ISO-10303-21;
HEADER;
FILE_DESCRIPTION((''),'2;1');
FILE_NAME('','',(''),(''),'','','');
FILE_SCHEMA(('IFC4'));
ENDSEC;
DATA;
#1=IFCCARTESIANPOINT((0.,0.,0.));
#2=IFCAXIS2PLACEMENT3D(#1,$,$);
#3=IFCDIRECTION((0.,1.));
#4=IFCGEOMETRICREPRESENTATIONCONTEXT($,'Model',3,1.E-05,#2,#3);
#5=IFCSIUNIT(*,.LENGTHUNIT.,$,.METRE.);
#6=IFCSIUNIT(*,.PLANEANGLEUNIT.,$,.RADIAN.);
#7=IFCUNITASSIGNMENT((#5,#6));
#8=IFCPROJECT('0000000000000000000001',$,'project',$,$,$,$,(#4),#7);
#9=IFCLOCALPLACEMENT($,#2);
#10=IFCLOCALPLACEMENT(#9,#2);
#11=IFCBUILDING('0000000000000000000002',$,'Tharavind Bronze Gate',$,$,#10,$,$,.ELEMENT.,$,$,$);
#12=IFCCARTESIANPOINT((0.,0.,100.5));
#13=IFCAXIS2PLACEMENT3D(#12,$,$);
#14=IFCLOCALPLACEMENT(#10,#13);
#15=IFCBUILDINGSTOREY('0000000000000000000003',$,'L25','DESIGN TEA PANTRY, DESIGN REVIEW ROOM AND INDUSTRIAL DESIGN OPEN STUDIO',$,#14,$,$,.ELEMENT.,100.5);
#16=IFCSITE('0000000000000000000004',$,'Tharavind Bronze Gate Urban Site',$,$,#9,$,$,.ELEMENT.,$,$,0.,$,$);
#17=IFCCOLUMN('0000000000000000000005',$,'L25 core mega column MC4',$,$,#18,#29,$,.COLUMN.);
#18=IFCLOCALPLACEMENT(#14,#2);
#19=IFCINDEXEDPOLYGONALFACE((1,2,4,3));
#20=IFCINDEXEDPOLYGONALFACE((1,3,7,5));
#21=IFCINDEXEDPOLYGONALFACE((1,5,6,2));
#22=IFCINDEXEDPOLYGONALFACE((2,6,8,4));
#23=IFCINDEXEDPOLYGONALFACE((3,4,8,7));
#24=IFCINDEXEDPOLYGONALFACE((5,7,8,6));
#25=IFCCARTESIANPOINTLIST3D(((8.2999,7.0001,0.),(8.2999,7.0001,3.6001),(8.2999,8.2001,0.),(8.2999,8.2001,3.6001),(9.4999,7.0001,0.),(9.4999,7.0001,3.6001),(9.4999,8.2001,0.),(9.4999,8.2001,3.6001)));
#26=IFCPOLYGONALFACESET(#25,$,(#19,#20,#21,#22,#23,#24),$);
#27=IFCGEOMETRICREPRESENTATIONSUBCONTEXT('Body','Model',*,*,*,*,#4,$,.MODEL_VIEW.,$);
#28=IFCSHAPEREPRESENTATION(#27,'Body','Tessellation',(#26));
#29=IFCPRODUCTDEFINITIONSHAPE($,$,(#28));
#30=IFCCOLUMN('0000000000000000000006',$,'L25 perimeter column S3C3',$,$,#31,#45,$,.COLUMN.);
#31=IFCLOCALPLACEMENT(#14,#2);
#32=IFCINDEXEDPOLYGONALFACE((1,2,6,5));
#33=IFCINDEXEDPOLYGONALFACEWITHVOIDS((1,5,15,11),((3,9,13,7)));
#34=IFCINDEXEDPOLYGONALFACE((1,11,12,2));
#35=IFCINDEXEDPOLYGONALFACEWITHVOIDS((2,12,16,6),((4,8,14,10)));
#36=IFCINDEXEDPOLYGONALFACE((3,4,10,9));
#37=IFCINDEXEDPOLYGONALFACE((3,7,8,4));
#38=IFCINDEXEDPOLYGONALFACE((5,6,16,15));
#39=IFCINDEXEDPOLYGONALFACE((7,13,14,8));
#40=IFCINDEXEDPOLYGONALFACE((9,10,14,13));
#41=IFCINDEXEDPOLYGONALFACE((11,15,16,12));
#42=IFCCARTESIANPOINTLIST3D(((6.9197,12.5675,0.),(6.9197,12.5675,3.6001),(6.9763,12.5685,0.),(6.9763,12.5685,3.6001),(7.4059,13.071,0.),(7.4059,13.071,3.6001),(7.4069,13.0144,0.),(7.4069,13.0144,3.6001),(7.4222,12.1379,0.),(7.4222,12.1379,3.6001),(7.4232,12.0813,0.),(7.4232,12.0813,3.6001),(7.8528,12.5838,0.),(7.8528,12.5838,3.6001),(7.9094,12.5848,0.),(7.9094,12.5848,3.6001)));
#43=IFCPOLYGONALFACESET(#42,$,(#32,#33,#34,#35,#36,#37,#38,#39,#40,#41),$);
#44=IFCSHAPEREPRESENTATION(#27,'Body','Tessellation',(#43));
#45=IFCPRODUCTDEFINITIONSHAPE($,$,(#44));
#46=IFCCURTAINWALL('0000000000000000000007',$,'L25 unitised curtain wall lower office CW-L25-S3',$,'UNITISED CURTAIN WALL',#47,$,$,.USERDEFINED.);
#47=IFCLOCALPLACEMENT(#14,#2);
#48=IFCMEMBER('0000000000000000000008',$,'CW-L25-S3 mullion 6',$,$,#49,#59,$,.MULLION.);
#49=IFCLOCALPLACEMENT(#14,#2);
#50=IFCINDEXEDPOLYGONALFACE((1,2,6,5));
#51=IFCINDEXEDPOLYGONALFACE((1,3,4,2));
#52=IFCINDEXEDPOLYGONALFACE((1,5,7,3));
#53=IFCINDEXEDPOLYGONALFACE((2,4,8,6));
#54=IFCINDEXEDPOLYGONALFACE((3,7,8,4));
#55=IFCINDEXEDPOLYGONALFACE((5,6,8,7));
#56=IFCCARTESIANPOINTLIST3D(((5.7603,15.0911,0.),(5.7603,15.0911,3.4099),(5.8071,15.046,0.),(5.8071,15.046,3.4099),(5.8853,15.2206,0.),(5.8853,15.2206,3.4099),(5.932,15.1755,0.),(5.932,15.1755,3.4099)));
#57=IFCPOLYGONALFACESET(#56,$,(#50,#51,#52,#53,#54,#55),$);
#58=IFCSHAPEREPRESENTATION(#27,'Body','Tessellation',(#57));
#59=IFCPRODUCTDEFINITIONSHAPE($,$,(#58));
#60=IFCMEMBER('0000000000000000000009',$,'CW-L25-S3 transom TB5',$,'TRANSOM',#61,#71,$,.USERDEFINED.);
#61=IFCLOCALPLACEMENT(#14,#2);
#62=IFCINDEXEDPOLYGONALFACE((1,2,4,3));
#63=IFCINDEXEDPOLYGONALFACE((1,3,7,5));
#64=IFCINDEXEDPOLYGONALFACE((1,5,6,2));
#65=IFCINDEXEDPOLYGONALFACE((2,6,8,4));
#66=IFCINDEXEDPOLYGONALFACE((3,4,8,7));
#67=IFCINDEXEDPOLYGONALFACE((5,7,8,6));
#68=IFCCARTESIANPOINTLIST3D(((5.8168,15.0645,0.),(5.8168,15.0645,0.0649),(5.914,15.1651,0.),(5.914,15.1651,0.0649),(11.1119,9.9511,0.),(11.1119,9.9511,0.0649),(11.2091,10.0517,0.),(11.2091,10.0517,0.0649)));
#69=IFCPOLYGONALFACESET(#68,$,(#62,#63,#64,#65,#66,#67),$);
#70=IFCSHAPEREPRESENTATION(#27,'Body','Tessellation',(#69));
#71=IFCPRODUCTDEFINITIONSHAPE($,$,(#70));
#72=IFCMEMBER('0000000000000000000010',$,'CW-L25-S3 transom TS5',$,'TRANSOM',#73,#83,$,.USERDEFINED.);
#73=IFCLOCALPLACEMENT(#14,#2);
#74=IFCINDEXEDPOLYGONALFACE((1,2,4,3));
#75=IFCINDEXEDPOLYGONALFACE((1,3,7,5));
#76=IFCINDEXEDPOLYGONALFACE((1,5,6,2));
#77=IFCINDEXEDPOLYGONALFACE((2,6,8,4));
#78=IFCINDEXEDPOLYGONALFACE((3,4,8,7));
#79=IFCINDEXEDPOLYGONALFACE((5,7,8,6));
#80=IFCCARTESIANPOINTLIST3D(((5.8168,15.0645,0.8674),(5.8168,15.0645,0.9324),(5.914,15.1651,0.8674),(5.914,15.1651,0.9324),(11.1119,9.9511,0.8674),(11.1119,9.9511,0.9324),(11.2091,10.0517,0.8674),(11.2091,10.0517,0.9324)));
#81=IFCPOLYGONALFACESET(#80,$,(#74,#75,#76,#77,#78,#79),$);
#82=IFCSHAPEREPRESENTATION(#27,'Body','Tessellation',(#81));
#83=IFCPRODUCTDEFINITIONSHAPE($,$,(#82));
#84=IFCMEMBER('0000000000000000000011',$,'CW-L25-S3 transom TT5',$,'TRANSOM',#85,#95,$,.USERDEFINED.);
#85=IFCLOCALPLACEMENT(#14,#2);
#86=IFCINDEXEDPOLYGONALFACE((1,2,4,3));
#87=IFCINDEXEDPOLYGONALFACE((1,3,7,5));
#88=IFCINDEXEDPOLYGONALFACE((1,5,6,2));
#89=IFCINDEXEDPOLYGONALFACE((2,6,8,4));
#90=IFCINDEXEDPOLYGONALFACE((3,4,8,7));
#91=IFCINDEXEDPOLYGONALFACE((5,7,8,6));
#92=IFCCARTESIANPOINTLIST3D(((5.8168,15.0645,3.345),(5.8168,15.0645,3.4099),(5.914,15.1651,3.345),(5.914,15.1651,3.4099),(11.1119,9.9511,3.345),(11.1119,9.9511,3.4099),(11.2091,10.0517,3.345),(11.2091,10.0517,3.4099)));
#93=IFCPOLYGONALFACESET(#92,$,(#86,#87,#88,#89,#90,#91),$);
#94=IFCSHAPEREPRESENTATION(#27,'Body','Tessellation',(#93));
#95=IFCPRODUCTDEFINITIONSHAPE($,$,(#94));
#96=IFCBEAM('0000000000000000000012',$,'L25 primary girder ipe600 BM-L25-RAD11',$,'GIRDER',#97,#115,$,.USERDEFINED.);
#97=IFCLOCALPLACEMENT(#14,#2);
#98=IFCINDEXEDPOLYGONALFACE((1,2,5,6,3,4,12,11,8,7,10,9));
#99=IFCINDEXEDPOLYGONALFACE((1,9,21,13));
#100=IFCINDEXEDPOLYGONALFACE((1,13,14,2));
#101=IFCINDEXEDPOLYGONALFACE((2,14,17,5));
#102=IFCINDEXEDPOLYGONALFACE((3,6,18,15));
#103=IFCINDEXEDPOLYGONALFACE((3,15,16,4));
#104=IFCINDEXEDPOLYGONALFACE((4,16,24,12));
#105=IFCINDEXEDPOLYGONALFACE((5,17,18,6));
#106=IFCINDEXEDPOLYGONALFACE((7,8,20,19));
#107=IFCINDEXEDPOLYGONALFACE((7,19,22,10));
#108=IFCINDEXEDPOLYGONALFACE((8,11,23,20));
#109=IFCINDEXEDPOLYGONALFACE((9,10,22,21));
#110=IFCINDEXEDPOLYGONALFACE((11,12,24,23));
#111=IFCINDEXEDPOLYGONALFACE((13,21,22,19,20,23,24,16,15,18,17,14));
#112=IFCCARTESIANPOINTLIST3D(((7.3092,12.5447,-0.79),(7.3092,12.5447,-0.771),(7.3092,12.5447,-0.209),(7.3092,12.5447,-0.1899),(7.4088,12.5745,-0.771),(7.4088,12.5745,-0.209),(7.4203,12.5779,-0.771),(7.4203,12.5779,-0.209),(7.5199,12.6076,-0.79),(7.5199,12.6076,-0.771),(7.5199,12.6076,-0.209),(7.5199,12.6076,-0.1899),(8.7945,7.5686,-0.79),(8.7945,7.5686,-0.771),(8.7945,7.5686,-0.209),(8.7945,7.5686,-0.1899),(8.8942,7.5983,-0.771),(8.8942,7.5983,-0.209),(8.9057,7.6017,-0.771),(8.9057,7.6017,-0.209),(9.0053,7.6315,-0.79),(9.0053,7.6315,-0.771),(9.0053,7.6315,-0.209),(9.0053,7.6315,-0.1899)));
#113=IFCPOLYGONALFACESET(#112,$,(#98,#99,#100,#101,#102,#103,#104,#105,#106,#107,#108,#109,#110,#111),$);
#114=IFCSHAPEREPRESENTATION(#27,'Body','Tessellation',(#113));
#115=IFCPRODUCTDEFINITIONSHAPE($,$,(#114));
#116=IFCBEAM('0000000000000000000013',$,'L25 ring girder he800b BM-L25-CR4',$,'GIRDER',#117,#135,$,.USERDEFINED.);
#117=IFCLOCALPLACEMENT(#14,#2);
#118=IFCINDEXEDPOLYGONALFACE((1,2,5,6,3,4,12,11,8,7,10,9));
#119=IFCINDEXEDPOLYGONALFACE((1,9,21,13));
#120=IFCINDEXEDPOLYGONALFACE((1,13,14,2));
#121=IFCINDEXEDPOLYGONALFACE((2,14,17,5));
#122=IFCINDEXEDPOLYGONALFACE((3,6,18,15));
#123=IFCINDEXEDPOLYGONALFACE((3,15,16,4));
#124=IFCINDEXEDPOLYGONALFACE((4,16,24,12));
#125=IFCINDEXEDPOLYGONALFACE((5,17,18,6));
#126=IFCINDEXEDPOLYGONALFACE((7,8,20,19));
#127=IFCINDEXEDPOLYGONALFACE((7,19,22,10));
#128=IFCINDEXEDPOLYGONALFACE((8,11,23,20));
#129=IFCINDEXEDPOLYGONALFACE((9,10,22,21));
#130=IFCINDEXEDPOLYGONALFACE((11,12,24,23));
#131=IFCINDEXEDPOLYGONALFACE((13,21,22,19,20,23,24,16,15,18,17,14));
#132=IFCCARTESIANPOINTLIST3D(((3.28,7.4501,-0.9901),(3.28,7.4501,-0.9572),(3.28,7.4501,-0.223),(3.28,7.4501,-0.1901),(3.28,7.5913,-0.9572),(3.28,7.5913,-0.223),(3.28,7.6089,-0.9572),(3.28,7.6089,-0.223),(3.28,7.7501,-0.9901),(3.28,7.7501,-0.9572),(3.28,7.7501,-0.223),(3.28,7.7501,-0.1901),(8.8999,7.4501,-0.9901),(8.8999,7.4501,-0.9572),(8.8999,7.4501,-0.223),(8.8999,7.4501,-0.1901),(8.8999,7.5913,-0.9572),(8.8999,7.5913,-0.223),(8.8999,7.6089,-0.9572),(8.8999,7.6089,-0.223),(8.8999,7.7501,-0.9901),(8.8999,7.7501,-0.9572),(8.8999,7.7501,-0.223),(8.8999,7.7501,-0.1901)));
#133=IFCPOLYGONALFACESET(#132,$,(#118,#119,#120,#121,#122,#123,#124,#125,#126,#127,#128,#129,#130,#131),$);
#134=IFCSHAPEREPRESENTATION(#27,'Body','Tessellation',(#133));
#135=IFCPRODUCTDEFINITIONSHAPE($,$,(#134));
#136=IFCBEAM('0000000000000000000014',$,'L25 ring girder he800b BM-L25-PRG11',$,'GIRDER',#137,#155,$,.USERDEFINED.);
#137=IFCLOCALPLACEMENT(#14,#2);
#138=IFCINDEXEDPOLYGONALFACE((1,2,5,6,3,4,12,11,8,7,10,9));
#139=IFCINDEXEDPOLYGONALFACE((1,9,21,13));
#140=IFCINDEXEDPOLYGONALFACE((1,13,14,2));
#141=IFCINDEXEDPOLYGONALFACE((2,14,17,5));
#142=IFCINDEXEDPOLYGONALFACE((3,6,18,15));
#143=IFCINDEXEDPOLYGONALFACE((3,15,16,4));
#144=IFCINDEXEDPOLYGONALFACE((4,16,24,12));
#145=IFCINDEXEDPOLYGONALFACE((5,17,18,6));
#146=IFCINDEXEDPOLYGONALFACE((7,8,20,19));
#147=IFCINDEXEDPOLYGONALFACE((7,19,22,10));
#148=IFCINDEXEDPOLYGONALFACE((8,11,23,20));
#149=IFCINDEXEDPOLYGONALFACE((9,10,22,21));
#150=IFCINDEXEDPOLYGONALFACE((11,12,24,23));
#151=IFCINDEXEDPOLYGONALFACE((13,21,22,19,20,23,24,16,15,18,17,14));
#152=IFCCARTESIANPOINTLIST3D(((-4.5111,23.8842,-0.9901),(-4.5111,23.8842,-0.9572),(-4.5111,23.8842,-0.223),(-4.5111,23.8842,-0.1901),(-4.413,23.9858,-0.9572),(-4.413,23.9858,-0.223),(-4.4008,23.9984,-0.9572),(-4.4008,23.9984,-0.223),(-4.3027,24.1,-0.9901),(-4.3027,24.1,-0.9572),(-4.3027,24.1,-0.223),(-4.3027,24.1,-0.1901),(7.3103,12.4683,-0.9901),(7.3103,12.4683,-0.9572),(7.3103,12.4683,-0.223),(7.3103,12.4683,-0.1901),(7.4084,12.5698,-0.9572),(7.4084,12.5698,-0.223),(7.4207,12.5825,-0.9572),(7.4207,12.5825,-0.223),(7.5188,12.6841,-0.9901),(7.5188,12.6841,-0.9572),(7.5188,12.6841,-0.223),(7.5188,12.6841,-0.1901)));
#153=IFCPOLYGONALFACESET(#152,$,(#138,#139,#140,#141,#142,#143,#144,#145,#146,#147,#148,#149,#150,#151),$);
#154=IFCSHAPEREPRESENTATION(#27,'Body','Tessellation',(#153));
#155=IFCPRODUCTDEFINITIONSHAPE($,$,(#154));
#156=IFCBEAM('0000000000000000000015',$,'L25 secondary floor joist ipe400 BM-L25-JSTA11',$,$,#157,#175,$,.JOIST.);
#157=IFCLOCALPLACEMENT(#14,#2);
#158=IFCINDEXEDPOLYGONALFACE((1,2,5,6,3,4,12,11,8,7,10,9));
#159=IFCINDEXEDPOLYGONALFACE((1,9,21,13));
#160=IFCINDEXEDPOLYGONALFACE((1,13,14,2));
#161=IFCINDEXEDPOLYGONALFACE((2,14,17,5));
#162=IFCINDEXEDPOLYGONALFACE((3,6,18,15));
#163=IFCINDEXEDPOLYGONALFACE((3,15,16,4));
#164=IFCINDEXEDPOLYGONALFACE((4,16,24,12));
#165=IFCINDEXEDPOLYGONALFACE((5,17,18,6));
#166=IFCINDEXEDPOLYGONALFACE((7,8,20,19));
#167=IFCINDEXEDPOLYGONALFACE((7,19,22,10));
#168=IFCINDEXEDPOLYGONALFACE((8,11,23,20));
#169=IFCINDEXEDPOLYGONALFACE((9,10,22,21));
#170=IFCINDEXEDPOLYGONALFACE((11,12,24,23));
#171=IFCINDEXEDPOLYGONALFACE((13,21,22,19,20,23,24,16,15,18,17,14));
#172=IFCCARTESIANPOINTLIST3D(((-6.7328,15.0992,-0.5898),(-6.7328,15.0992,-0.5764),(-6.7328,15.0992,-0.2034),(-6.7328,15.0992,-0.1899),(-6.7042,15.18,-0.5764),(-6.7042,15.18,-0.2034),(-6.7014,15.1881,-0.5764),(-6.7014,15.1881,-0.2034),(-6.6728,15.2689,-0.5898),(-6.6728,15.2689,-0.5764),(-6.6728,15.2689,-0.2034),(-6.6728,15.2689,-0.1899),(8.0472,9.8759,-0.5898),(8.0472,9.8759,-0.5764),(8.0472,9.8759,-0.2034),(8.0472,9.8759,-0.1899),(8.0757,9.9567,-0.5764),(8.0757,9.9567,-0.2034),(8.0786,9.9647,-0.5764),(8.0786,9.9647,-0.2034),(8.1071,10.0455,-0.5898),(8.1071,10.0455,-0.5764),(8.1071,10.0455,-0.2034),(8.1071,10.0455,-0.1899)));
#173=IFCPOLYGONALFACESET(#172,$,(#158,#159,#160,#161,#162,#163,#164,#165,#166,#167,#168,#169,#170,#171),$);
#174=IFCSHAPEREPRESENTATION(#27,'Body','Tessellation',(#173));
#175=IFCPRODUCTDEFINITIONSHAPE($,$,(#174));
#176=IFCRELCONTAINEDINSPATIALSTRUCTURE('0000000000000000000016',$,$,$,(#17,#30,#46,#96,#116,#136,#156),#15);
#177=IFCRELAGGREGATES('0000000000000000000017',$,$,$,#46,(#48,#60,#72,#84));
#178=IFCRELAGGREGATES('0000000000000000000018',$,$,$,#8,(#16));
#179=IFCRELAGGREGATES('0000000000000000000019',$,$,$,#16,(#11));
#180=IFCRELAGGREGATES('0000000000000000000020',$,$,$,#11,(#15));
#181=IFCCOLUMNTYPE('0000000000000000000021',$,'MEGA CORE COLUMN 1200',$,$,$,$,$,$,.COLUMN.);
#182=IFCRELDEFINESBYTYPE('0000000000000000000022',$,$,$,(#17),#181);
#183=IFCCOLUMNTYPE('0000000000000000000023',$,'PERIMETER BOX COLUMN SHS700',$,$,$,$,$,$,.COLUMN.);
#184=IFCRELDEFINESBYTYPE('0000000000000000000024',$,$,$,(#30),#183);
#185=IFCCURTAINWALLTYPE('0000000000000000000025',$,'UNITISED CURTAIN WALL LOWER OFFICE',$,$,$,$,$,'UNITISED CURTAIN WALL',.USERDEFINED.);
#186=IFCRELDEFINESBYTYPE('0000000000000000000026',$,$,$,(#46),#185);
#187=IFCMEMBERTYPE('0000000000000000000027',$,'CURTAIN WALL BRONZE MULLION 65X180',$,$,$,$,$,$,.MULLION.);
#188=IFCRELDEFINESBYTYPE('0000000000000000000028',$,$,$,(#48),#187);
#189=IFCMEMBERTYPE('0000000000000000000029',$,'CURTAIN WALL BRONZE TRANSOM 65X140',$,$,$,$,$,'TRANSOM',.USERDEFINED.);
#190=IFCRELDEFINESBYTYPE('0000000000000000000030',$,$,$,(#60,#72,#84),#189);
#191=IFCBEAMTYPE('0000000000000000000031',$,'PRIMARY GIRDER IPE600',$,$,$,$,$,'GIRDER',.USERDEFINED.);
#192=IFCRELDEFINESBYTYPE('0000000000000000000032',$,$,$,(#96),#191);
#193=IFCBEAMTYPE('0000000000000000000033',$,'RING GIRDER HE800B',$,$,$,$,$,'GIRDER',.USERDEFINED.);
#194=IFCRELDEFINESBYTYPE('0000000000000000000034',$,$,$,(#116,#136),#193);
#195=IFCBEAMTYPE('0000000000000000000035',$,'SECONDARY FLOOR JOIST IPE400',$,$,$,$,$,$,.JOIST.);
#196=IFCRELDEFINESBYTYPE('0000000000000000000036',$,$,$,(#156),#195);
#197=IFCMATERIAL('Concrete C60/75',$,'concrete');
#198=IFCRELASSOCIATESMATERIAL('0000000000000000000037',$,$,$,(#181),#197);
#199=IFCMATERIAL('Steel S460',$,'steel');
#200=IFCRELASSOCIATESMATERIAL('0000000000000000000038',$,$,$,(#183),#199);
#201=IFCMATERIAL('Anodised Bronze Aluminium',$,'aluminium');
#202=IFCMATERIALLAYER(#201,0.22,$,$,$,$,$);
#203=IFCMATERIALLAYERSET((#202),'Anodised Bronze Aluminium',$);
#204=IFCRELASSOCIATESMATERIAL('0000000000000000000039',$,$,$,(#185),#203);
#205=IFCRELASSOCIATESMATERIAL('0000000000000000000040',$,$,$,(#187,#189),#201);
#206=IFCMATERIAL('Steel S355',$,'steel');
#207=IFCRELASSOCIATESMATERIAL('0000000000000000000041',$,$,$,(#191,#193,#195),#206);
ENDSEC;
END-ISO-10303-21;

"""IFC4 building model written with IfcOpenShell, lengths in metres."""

from ifc_helpers import new_model, si_unit, direction, frame, origin, origin_2d, place, context, subcontext, project, spatial, rectangle, hollow_rectangle, i_section, extrude, material, layer, layer_set, material_profile, profile_set, type_object, element, aggregate, save


model = new_model("IFC4")

# Units and contexts
model_context = context("Model", 3, precision=1e-05, world=origin(), true_north=direction((0.0, 1.0)))
body_context = subcontext(model_context, "Body", "Model", "MODEL_VIEW")
ifc_project = project(units=[si_unit("LENGTHUNIT", "METRE"), si_unit("PLANEANGLEUNIT", "RADIAN")], contexts=[model_context])

# Site, building, storey
site_placement = place(None, origin())
site = spatial("IfcSite", under=ifc_project, at=site_placement, Name="Tharavind Bronze Gate Urban Site", CompositionType="ELEMENT", RefElevation=0.0)
building_placement = place(site_placement, origin())
building = spatial("IfcBuilding", under=site, at=building_placement, Name="Tharavind Bronze Gate", CompositionType="ELEMENT")
storey_placement = place(building_placement, frame((0.0, 0.0, 100.5)))
storey = spatial("IfcBuildingStorey", under=building, at=storey_placement, Name="L25", Description="DESIGN TEA PANTRY, DESIGN REVIEW ROOM AND INDUSTRIAL DESIGN OPEN STUDIO", CompositionType="ELEMENT", Elevation=100.5)

# Columns
ifc_material_1 = material(Name="Concrete C60/75", Category="concrete")
ifc_material_profile_1 = material_profile(ifc_material_1, rectangle(XDim=1.2, YDim=1.2, at=origin_2d()), Name="RCCOL1200")
ifc_profile_set_1 = profile_set([ifc_material_profile_1], Name="Concrete C60/75")
column_type_1 = type_object("IfcColumnType", Name="MEGA CORE COLUMN 1200", PredefinedType="COLUMN", material=ifc_profile_set_1)
column_1_placement = place(storey_placement, frame((8.8999, 7.6001, 0.0), z_axis=(0.0, 0.0, 1.0), x_axis=(1.0, 0.0, 0.0)))
element("IfcColumn", 1, at=column_1_placement, inside=storey, type_object=column_type_1, Name="L25 core mega column MC4", PredefinedType="COLUMN", context=body_context, shape_type="SweptSolid", body=[
    extrude(rectangle(XDim=1.2, YDim=1.2, at=origin_2d()), origin(), (0.0, 0.0, 1.0), 3.6001),
])
ifc_material_2 = material(Name="Steel S460", Category="steel")
ifc_material_profile_2 = material_profile(ifc_material_2, hollow_rectangle(XDim=0.7, YDim=0.7, WallThickness=0.04, at=origin_2d()), Name="SHS700X40")
ifc_profile_set_2 = profile_set([ifc_material_profile_2], Name="Steel S460")
column_type_2 = type_object("IfcColumnType", Name="PERIMETER BOX COLUMN SHS700", PredefinedType="COLUMN", material=ifc_profile_set_2)
column_2_placement = place(storey_placement, frame((7.4146, 12.5762, 0.0), z_axis=(0.0, 0.0, 1.0), x_axis=(-0.71934, 0.694658, 0.0)))
element("IfcColumn", 2, at=column_2_placement, inside=storey, type_object=column_type_2, Name="L25 perimeter column S3C3", PredefinedType="COLUMN", context=body_context, shape_type="SweptSolid", body=[
    extrude(hollow_rectangle(XDim=0.7, YDim=0.7, WallThickness=0.04, at=origin_2d()), origin(), (0.0, 0.0, 1.0), 3.6001),
])

# Curtain wall, members
ifc_material_3 = material(Name="Anodised Bronze Aluminium", Category="aluminium")
ifc_layer_1 = layer(ifc_material_3, 0.22)
ifc_layer_set_1 = layer_set([ifc_layer_1], Name="Anodised Bronze Aluminium")
curtain_wall_type = type_object("IfcCurtainWallType", Name="UNITISED CURTAIN WALL LOWER OFFICE", ElementType="UNITISED CURTAIN WALL", PredefinedType="USERDEFINED", material=ifc_layer_set_1)
curtain_wall_placement = place(storey_placement, origin())
curtain_wall = element("IfcCurtainWall", 3, at=curtain_wall_placement, inside=storey, type_object=curtain_wall_type, Name="L25 unitised curtain wall lower office CW-L25-S3", ObjectType="UNITISED CURTAIN WALL", PredefinedType="USERDEFINED")
member_type_1 = type_object("IfcMemberType", Name="CURTAIN WALL BRONZE MULLION 65X180", PredefinedType="MULLION", material=ifc_material_3)
member_1_placement = place(storey_placement, frame((5.8462, 15.1333, 0.0), z_axis=(0.0, 0.0, 1.0), x_axis=(-0.719341, 0.694657, 0.0)))
member_1 = element("IfcMember", 4, at=member_1_placement, type_object=member_type_1, Name="CW-L25-S3 mullion 6", PredefinedType="MULLION", context=body_context, shape_type="SweptSolid", body=[
    extrude(rectangle(XDim=0.0649, YDim=0.1799, at=origin_2d()), origin(), (0.0, 0.0, 1.0), 3.4099),
])
member_type_2 = type_object("IfcMemberType", Name="CURTAIN WALL BRONZE TRANSOM 65X140", ElementType="TRANSOM", PredefinedType="USERDEFINED", material=ifc_material_3)
member_2_placement = place(storey_placement, frame((8.5129, 12.5581, 0.0), z_axis=(0.0, 0.0, 1.0), x_axis=(-0.719341, 0.694657, 0.0)))
member_2 = element("IfcMember", 5, at=member_2_placement, type_object=member_type_2, Name="CW-L25-S3 transom TB5", ObjectType="TRANSOM", PredefinedType="USERDEFINED", context=body_context, shape_type="SweptSolid", body=[
    extrude(rectangle(XDim=7.3611, YDim=0.1399, at=origin_2d()), origin(), (0.0, 0.0, 1.0), 0.0649),
])
member_3_placement = place(storey_placement, frame((8.5129, 12.5581, 0.8674), z_axis=(0.0, 0.0, 1.0), x_axis=(-0.719341, 0.694657, 0.0)))
member_3 = element("IfcMember", 6, at=member_3_placement, type_object=member_type_2, Name="CW-L25-S3 transom TS5", ObjectType="TRANSOM", PredefinedType="USERDEFINED", context=body_context, shape_type="SweptSolid", body=[
    extrude(rectangle(XDim=7.3611, YDim=0.1399, at=origin_2d()), origin(), (0.0, 0.0, 1.0), 0.0649),
])
member_4_placement = place(storey_placement, frame((8.5129, 12.5581, 3.345), z_axis=(0.0, 0.0, 1.0), x_axis=(-0.719341, 0.694657, 0.0)))
member_4 = element("IfcMember", 7, at=member_4_placement, type_object=member_type_2, Name="CW-L25-S3 transom TT5", ObjectType="TRANSOM", PredefinedType="USERDEFINED", context=body_context, shape_type="SweptSolid", body=[
    extrude(rectangle(XDim=7.3611, YDim=0.1399, at=origin_2d()), origin(), (0.0, 0.0, 1.0), 0.0649),
])

# Beams
ifc_material_4 = material(Name="Steel S355", Category="steel")
ifc_material_profile_3 = material_profile(ifc_material_4, i_section(OverallWidth=0.22, OverallDepth=0.6001, WebThickness=0.012, FlangeThickness=0.019, at=origin_2d()), Name="IPE600")
ifc_profile_set_3 = profile_set([ifc_material_profile_3], Name="Steel S355")
beam_type_1 = type_object("IfcBeamType", Name="PRIMARY GIRDER IPE600", ElementType="GIRDER", PredefinedType="USERDEFINED", material=ifc_profile_set_3)
beam_1_placement = place(storey_placement, frame((7.4146, 12.5762, -0.49), z_axis=(0.286028, -0.958221, 0.0), x_axis=(0.958221, 0.286028, 0.0)))
element("IfcBeam", 8, at=beam_1_placement, inside=storey, type_object=beam_type_1, Name="L25 primary girder ipe600 BM-L25-RAD11", ObjectType="GIRDER", PredefinedType="USERDEFINED", context=body_context, shape_type="SweptSolid", body=[
    extrude(i_section(OverallWidth=0.22, OverallDepth=0.6001, WebThickness=0.012, FlangeThickness=0.019, at=origin_2d()), origin(), (0.0, 0.0, 1.0), 5.1931),
])
ifc_material_profile_4 = material_profile(ifc_material_4, i_section(OverallWidth=0.3, OverallDepth=0.8, WebThickness=0.0176, FlangeThickness=0.033, at=origin_2d()), Name="HE800B")
ifc_profile_set_4 = profile_set([ifc_material_profile_4], Name="Steel S355")
beam_type_2 = type_object("IfcBeamType", Name="RING GIRDER HE800B", ElementType="GIRDER", PredefinedType="USERDEFINED", material=ifc_profile_set_4)
beam_2_placement = place(storey_placement, frame((8.8999, 7.6001, -0.5901), z_axis=(-1.0, 0.0, 0.0), x_axis=(0.0, -1.0, 0.0)))
element("IfcBeam", 9, at=beam_2_placement, inside=storey, type_object=beam_type_2, Name="L25 ring girder he800b BM-L25-CR4", ObjectType="GIRDER", PredefinedType="USERDEFINED", context=body_context, shape_type="SweptSolid", body=[
    extrude(i_section(OverallWidth=0.3, OverallDepth=0.8, WebThickness=0.0176, FlangeThickness=0.033, at=origin_2d()), origin(), (0.0, 0.0, 1.0), 5.6199),
])
beam_3_placement = place(storey_placement, frame((7.4146, 12.5762, -0.5901), z_axis=(-0.719337, 0.694661, 0.0), x_axis=(-0.694661, -0.719337, 0.0)))
element("IfcBeam", 10, at=beam_3_placement, inside=storey, type_object=beam_type_2, Name="L25 ring girder he800b BM-L25-PRG11", ObjectType="GIRDER", PredefinedType="USERDEFINED", context=body_context, shape_type="SweptSolid", body=[
    extrude(i_section(OverallWidth=0.3, OverallDepth=0.8, WebThickness=0.0176, FlangeThickness=0.033, at=origin_2d()), origin(), (0.0, 0.0, 1.0), 16.4338),
])
ifc_material_profile_5 = material_profile(ifc_material_4, i_section(OverallWidth=0.1799, OverallDepth=0.3999, WebThickness=0.0085, FlangeThickness=0.0134, at=origin_2d()), Name="IPE400")
ifc_profile_set_5 = profile_set([ifc_material_profile_5], Name="Steel S355")
beam_type_3 = type_object("IfcBeamType", Name="SECONDARY FLOOR JOIST IPE400", PredefinedType="JOIST", material=ifc_profile_set_5)
beam_4_placement = place(storey_placement, frame((8.0771, 9.9607, -0.3899), z_axis=(-0.942852, 0.333212, 0.0), x_axis=(-0.333212, -0.942852, 0.0)))
element("IfcBeam", 11, at=beam_4_placement, inside=storey, type_object=beam_type_3, Name="L25 secondary floor joist ipe400 BM-L25-JSTA11", PredefinedType="JOIST", context=body_context, shape_type="SweptSolid", body=[
    extrude(i_section(OverallWidth=0.1799, OverallDepth=0.3999, WebThickness=0.0085, FlangeThickness=0.0134, at=origin_2d()), origin(), (0.0, 0.0, 1.0), 15.6758),
])

aggregate(curtain_wall, [member_1, member_2, member_3, member_4])

save(model, "model.ifc")
